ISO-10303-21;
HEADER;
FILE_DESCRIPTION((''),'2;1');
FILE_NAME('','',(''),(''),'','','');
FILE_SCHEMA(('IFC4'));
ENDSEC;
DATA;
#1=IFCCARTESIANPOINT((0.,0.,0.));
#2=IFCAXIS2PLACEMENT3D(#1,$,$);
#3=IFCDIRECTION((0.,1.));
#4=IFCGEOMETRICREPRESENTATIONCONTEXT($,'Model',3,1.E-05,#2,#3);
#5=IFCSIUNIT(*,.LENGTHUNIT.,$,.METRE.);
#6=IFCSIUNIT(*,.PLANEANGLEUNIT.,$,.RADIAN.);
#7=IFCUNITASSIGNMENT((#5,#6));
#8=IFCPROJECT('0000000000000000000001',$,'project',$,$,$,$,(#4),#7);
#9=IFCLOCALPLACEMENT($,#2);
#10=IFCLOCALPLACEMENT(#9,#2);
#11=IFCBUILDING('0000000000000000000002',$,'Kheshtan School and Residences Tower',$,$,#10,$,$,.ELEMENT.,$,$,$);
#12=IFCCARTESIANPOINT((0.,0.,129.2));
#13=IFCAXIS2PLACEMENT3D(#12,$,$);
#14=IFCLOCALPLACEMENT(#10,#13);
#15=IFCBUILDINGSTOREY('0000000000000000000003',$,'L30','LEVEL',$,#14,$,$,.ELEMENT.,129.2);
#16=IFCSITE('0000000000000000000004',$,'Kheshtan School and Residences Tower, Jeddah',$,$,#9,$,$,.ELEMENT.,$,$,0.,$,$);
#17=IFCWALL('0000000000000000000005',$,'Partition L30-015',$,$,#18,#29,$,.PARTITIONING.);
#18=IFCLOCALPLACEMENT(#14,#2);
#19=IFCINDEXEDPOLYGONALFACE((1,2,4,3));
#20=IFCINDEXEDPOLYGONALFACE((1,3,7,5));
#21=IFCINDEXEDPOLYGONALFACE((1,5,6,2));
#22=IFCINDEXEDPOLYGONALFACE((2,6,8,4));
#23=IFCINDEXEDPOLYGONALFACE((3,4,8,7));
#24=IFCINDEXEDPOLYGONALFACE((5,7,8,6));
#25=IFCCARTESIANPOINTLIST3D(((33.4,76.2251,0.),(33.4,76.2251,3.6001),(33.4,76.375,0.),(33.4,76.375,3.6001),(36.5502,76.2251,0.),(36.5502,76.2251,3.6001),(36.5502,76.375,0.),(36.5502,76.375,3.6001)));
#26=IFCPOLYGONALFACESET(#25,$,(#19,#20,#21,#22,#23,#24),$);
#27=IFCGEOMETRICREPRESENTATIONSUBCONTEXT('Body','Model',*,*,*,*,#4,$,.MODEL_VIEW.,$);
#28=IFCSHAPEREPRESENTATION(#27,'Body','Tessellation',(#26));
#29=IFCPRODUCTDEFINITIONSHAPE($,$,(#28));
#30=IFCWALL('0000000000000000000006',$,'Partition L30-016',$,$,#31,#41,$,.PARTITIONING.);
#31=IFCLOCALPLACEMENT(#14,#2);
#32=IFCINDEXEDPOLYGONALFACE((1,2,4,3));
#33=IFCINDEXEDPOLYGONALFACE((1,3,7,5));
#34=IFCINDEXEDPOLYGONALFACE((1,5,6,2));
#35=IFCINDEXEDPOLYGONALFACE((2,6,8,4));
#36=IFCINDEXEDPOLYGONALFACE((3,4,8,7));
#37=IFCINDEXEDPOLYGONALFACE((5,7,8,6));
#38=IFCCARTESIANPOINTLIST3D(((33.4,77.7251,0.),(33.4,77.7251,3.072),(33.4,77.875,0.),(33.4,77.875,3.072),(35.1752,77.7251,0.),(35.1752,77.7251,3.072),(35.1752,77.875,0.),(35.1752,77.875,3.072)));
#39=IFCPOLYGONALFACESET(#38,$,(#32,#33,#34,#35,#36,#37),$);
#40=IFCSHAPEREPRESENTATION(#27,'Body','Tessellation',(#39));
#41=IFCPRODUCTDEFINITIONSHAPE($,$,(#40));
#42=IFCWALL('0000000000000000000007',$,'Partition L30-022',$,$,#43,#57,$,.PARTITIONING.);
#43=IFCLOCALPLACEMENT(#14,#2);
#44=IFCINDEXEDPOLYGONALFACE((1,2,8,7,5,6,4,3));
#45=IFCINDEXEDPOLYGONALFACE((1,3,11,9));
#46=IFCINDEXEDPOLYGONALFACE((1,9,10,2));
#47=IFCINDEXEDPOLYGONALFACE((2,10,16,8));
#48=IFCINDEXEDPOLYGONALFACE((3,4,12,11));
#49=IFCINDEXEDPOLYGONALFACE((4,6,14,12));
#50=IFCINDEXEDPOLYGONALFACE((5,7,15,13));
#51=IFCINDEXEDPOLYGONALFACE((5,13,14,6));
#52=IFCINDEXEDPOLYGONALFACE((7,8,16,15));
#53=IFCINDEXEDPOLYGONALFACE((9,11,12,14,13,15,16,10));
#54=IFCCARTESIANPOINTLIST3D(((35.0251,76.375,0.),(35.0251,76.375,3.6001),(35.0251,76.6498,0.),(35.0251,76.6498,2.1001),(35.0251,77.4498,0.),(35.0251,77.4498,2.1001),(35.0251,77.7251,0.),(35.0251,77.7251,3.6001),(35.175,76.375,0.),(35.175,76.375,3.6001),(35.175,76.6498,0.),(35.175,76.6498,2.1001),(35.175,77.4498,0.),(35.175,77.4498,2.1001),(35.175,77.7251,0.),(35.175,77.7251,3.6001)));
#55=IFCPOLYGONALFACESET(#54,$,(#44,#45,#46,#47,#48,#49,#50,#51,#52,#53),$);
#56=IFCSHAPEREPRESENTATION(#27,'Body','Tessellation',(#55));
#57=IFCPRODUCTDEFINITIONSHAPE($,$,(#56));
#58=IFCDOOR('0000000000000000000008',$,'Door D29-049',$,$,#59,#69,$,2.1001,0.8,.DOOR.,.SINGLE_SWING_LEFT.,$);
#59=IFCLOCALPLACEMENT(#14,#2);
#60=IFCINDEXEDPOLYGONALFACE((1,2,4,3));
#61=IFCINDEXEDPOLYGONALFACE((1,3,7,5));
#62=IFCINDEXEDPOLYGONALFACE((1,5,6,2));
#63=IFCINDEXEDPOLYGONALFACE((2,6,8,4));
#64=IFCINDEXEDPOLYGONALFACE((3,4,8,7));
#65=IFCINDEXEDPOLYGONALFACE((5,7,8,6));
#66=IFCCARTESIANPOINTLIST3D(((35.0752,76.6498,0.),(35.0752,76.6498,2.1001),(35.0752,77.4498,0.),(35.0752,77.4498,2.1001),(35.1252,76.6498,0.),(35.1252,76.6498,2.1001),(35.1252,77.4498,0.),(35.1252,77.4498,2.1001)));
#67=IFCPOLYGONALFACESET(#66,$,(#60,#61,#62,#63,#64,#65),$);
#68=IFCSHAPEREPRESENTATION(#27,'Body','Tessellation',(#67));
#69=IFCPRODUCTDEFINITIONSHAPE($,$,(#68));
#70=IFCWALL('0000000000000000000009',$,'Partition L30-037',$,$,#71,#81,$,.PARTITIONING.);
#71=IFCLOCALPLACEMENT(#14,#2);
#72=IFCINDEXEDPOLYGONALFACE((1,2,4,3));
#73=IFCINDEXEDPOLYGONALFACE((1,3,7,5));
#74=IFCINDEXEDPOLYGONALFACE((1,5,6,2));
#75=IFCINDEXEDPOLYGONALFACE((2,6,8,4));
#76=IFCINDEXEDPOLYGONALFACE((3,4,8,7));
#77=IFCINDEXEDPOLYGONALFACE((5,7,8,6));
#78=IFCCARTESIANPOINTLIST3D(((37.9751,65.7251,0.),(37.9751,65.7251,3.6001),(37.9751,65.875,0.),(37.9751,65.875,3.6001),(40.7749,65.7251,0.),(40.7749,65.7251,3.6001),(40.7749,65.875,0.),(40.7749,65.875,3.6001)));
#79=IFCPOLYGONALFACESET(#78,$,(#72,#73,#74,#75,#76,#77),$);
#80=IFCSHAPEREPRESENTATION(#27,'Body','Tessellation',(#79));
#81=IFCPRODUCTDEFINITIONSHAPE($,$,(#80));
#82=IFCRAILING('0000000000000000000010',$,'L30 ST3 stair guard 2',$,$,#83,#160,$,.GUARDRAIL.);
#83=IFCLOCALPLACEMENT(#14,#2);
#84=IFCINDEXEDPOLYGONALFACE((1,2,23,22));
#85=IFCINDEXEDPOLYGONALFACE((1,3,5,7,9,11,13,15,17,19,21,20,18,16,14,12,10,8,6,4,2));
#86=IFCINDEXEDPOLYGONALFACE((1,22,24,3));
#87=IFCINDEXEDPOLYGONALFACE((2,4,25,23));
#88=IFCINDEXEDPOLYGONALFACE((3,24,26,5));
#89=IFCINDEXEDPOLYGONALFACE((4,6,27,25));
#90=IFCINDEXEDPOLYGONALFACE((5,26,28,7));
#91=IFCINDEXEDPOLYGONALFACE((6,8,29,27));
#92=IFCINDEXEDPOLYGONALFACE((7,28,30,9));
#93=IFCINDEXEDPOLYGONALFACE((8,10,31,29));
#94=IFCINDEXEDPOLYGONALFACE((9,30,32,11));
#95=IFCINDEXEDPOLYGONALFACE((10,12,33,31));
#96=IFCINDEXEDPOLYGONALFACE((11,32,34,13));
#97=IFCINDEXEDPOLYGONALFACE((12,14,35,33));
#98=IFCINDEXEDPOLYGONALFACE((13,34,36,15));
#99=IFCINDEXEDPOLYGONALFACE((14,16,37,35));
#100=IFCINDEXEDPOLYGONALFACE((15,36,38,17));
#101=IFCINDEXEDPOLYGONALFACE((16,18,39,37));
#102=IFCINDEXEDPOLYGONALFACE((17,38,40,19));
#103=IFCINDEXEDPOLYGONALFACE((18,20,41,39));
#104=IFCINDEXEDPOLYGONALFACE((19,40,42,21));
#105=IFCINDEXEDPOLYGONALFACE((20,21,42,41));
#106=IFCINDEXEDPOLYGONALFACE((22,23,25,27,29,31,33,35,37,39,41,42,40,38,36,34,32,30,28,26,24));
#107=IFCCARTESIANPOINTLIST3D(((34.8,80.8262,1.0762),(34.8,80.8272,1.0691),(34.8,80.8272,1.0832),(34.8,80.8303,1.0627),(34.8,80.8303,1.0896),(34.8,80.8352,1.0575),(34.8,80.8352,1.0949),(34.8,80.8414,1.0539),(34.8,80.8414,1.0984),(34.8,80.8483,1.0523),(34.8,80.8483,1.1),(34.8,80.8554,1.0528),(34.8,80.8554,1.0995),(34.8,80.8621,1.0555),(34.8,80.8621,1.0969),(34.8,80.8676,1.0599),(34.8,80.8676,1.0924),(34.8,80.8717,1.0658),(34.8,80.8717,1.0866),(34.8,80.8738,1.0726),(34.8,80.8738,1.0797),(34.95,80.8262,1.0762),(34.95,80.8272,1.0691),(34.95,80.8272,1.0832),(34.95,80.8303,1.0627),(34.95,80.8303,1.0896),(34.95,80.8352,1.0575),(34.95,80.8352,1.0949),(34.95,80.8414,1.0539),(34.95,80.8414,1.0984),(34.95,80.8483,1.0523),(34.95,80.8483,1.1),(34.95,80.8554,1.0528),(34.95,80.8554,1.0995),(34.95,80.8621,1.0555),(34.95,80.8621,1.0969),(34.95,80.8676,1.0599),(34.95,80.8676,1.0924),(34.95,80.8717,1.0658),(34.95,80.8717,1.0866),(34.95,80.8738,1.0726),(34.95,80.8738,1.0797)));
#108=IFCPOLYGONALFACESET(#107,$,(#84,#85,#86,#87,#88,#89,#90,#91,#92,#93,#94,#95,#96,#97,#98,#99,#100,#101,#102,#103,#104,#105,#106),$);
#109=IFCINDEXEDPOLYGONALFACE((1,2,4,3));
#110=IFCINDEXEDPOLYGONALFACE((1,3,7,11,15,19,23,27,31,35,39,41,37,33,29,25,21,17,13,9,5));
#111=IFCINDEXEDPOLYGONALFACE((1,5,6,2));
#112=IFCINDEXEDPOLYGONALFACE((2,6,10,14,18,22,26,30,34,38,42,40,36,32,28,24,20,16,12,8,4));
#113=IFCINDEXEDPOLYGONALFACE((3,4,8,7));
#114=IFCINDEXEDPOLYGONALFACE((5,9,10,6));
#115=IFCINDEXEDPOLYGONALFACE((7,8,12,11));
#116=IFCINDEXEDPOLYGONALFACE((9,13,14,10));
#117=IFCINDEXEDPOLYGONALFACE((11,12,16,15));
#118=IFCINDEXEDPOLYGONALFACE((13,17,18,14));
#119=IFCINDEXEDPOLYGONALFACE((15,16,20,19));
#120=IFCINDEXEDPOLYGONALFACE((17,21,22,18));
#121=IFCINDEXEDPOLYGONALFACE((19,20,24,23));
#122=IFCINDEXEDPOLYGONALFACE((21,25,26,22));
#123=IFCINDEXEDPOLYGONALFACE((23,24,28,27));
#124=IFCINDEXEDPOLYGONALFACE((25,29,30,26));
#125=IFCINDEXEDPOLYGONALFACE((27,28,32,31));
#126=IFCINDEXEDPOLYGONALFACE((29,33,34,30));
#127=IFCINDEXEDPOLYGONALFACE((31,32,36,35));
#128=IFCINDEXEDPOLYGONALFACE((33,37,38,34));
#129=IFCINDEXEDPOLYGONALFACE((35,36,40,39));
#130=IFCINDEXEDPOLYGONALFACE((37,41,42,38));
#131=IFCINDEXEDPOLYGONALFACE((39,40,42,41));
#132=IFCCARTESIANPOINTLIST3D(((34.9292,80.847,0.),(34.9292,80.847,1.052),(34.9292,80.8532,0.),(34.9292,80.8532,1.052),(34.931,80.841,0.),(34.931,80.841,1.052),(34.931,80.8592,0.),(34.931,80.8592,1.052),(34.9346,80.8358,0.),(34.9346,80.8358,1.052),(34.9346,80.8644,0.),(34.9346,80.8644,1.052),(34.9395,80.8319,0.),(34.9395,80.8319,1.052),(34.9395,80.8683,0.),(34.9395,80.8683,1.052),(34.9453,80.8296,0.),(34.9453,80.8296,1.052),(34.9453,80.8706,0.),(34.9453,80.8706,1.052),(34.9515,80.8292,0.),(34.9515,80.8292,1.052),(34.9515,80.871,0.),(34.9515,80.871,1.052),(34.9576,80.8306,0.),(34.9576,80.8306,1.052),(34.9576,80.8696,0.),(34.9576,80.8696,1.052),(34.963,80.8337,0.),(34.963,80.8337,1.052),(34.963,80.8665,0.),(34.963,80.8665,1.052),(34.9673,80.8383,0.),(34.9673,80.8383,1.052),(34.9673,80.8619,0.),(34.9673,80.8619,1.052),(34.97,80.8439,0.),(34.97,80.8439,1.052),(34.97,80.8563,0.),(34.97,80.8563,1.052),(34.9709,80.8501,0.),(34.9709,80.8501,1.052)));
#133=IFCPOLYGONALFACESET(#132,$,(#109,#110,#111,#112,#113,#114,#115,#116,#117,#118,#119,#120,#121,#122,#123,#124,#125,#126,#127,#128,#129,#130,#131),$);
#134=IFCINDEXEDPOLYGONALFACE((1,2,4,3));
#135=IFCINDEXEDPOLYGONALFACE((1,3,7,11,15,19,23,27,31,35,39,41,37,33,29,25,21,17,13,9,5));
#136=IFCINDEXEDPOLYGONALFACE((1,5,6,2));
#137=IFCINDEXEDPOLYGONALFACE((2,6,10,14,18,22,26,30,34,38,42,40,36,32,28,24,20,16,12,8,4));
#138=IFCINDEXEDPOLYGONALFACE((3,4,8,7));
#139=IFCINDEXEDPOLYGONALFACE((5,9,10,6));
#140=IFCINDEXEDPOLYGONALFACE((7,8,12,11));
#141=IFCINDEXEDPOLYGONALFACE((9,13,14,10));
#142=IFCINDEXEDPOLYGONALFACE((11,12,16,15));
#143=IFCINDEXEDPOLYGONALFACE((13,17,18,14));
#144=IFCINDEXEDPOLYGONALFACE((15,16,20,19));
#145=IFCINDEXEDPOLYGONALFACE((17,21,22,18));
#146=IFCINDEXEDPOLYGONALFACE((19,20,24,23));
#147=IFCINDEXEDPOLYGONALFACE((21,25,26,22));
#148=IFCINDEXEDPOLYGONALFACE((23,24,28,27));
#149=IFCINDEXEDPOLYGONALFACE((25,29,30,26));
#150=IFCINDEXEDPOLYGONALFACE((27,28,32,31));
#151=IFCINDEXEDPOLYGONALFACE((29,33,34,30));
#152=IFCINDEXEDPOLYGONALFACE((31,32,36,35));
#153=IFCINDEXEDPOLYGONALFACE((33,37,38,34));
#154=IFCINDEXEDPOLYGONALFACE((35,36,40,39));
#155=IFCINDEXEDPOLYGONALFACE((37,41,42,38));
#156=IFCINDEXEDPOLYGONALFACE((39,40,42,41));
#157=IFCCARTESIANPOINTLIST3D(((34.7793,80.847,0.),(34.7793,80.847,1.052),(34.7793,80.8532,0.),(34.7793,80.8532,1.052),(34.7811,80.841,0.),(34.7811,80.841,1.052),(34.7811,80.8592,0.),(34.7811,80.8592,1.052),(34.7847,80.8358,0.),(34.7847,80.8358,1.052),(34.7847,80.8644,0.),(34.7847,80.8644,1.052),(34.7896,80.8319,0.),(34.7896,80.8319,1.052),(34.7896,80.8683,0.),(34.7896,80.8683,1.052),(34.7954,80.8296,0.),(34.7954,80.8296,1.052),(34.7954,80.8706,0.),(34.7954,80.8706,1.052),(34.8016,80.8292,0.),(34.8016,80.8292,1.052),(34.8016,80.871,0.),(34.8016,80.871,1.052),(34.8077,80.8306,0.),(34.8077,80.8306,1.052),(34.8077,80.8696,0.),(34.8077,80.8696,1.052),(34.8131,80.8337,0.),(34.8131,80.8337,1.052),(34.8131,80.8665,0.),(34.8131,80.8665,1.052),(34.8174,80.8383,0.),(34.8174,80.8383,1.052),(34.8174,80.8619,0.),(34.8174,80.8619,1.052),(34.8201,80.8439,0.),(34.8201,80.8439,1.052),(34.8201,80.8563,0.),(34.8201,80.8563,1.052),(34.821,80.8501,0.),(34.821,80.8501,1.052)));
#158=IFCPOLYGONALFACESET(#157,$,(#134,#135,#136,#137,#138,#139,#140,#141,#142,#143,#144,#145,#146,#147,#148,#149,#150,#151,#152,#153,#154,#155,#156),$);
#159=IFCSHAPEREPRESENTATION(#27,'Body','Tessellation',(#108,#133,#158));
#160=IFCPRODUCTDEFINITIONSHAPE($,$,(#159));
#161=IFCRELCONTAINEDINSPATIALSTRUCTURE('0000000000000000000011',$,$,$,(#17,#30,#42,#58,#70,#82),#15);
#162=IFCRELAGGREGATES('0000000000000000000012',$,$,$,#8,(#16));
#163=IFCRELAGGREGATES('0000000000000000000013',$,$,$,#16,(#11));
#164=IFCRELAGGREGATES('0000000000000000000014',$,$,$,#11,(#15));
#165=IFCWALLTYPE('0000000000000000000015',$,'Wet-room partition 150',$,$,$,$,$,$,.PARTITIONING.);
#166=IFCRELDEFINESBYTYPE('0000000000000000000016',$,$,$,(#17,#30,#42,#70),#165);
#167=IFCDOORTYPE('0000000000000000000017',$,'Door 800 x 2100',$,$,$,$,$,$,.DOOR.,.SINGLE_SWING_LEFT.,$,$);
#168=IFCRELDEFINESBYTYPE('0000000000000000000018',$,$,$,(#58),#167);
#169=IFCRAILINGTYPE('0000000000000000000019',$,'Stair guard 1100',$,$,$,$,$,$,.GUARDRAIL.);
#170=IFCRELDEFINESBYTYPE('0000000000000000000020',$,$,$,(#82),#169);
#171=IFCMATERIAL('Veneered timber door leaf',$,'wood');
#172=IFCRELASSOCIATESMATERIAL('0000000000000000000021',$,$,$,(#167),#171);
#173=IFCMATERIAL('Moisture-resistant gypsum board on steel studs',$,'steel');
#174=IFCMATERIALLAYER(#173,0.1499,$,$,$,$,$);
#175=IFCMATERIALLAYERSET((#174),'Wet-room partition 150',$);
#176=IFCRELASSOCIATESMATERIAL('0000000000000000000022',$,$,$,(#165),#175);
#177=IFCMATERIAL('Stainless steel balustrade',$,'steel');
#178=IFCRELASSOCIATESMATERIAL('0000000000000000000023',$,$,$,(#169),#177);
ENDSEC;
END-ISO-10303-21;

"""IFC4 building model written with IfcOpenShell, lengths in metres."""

from ifc_helpers import new_model, si_unit, direction, frame, frame_2d, origin, origin_2d, place, context, subcontext, project, spatial, rectangle, circle, extrude, source, transform, mapped, material, layer, layer_set, type_object, element, fill, save


model = new_model("IFC4")

# Units and contexts
model_context = context("Model", 3, precision=1e-05, world=origin(), true_north=direction((0.0, 1.0)))
body_context = subcontext(model_context, "Body", "Model", "MODEL_VIEW")
ifc_project = project(units=[si_unit("LENGTHUNIT", "METRE"), si_unit("PLANEANGLEUNIT", "RADIAN")], contexts=[model_context])

# Site, building, storey
site_placement = place(None, origin())
site = spatial("IfcSite", under=ifc_project, at=site_placement, Name="Kheshtan School and Residences Tower, Jeddah", CompositionType="ELEMENT", RefElevation=0.0)
building_placement = place(site_placement, origin())
building = spatial("IfcBuilding", under=site, at=building_placement, Name="Kheshtan School and Residences Tower", CompositionType="ELEMENT")
storey_placement = place(building_placement, frame((0.0, 0.0, 129.2)))
storey = spatial("IfcBuildingStorey", under=building, at=storey_placement, Name="L30", Description="LEVEL", CompositionType="ELEMENT", Elevation=129.2)

# Shared definitions
ifc_material_1 = material(Name="Veneered timber door leaf", Category="wood")
door_type_1 = type_object("IfcDoorType", Name="Door 800 x 2100", OperationType="SINGLE_SWING_LEFT", PredefinedType="DOOR", material=ifc_material_1)
shared_shape_1 = source(origin(), body_context, "Body", "SweptSolid", [
    extrude(rectangle(XDim=0.8, YDim=2.1001, at=frame_2d((0.3999, 1.05))), frame((0.0, 0.0249, 0.0), z_axis=(0.0, -1.0, 0.0), x_axis=(1.0, 0.0, 0.0)), (0.0, 0.0, 1.0), 0.05),
])

# Walls
ifc_material_2 = material(Name="Moisture-resistant gypsum board on steel studs", Category="steel")
ifc_layer_1 = layer(ifc_material_2, 0.1499)
ifc_layer_set_1 = layer_set([ifc_layer_1], Name="Wet-room partition 150")
wall_type_1 = type_object("IfcWallType", Name="Wet-room partition 150", PredefinedType="PARTITIONING", material=ifc_layer_set_1)
wall_1_placement = place(storey_placement, frame((33.3999, 76.3, 0.0), z_axis=(0.0, 0.0, 1.0), x_axis=(1.0, 0.0, 0.0)))
element("IfcWall", 1, at=wall_1_placement, inside=storey, type_object=wall_type_1, Name="Partition L30-015", PredefinedType="PARTITIONING", context=body_context, shape_type="SweptSolid", body=[
    extrude(rectangle(XDim=3.1501, YDim=0.1499, at=frame_2d((1.5752, 0.0))), origin(), (0.0, 0.0, 1.0), 3.6001),
])
wall_2_placement = place(storey_placement, frame((33.3999, 77.8, 0.0), z_axis=(0.0, 0.0, 1.0), x_axis=(1.0, 0.0, 0.0)))
element("IfcWall", 2, at=wall_2_placement, inside=storey, type_object=wall_type_1, Name="Partition L30-016", PredefinedType="PARTITIONING", context=body_context, shape_type="SweptSolid", body=[
    extrude(rectangle(XDim=1.7751, YDim=0.1499, at=frame_2d((0.8877, 0.0))), origin(), (0.0, 0.0, 1.0), 3.072),
])

# Wall, opening, door
wall_3_placement = place(storey_placement, frame((35.1001, 76.375, 0.0), z_axis=(0.0, 0.0, 1.0), x_axis=(0.0, 1.0, 0.0)))
wall_3 = element("IfcWall", 3, at=wall_3_placement, inside=storey, type_object=wall_type_1, Name="Partition L30-022", PredefinedType="PARTITIONING", context=body_context, shape_type="SweptSolid", body=[
    extrude(rectangle(XDim=1.3501, YDim=0.1499, at=frame_2d((0.675, 0.0))), origin(), (0.0, 0.0, 1.0), 3.6001),
])
opening_1_placement = place(wall_3_placement, frame((0.2749, 0.0, 0.0)))
opening_1 = element("IfcOpeningElement", 4, at=opening_1_placement, cuts=wall_3, PredefinedType="OPENING", context=body_context, shape_type="SweptSolid", body=[
    extrude(rectangle(XDim=0.8, YDim=2.1001, at=frame_2d((0.3999, 1.05))), frame((0.0, 0.085, 0.0), z_axis=(0.0, -1.0, 0.0), x_axis=(1.0, 0.0, 0.0)), (0.0, 0.0, 1.0), 0.1699),
])
door_1_placement = place(opening_1_placement, origin())
door_1 = element("IfcDoor", 5, at=door_1_placement, inside=storey, type_object=door_type_1, Name="Door D29-049", OperationType="SINGLE_SWING_LEFT", OverallHeight=2.1001, OverallWidth=0.8, PredefinedType="DOOR", context=body_context, shape_type="MappedRepresentation", body=[
    mapped(shared_shape_1, transform((0.0, 0.0, 0.0), x_axis=(1.0, 0.0, 0.0), y_axis=(0.0, 1.0, 0.0), z_axis=(0.0, 0.0, 1.0), scale=1.0)),
])
fill(opening_1, door_1)

# Wall
wall_4_placement = place(storey_placement, frame((37.9751, 65.8, 0.0), z_axis=(0.0, 0.0, 1.0), x_axis=(1.0, 0.0, 0.0)))
element("IfcWall", 6, at=wall_4_placement, inside=storey, type_object=wall_type_1, Name="Partition L30-037", PredefinedType="PARTITIONING", context=body_context, shape_type="SweptSolid", body=[
    extrude(rectangle(XDim=2.7998, YDim=0.1499, at=frame_2d((1.3999, 0.0))), origin(), (0.0, 0.0, 1.0), 3.6001),
])

# Railing
ifc_material_3 = material(Name="Stainless steel balustrade", Category="steel")
railing_type = type_object("IfcRailingType", Name="Stair guard 1100", PredefinedType="GUARDRAIL", material=ifc_material_3)
railing_1_placement = place(storey_placement, frame((34.95, 80.8501, 0.0)))
element("IfcRailing", 7, at=railing_1_placement, inside=storey, type_object=railing_type, Name="L30 ST3 stair guard 2", PredefinedType="GUARDRAIL", context=body_context, shape_type="SweptSolid", body=[
    extrude(circle(Radius=0.0239, at=origin_2d()), frame((0.0, 0.0, 1.0762), z_axis=(-1.0, 0.0, 0.0), x_axis=(0.0, -1.0, 0.0)), (0.0, 0.0, 1.0), 0.1499),
    extrude(circle(Radius=0.021, at=origin_2d()), origin(), (0.0, 0.0, 1.0), 1.052),
    extrude(circle(Radius=0.021, at=origin_2d()), frame((-0.1499, 0.0, 0.0)), (0.0, 0.0, 1.0), 1.052),
])

save(model, "model.ifc")
